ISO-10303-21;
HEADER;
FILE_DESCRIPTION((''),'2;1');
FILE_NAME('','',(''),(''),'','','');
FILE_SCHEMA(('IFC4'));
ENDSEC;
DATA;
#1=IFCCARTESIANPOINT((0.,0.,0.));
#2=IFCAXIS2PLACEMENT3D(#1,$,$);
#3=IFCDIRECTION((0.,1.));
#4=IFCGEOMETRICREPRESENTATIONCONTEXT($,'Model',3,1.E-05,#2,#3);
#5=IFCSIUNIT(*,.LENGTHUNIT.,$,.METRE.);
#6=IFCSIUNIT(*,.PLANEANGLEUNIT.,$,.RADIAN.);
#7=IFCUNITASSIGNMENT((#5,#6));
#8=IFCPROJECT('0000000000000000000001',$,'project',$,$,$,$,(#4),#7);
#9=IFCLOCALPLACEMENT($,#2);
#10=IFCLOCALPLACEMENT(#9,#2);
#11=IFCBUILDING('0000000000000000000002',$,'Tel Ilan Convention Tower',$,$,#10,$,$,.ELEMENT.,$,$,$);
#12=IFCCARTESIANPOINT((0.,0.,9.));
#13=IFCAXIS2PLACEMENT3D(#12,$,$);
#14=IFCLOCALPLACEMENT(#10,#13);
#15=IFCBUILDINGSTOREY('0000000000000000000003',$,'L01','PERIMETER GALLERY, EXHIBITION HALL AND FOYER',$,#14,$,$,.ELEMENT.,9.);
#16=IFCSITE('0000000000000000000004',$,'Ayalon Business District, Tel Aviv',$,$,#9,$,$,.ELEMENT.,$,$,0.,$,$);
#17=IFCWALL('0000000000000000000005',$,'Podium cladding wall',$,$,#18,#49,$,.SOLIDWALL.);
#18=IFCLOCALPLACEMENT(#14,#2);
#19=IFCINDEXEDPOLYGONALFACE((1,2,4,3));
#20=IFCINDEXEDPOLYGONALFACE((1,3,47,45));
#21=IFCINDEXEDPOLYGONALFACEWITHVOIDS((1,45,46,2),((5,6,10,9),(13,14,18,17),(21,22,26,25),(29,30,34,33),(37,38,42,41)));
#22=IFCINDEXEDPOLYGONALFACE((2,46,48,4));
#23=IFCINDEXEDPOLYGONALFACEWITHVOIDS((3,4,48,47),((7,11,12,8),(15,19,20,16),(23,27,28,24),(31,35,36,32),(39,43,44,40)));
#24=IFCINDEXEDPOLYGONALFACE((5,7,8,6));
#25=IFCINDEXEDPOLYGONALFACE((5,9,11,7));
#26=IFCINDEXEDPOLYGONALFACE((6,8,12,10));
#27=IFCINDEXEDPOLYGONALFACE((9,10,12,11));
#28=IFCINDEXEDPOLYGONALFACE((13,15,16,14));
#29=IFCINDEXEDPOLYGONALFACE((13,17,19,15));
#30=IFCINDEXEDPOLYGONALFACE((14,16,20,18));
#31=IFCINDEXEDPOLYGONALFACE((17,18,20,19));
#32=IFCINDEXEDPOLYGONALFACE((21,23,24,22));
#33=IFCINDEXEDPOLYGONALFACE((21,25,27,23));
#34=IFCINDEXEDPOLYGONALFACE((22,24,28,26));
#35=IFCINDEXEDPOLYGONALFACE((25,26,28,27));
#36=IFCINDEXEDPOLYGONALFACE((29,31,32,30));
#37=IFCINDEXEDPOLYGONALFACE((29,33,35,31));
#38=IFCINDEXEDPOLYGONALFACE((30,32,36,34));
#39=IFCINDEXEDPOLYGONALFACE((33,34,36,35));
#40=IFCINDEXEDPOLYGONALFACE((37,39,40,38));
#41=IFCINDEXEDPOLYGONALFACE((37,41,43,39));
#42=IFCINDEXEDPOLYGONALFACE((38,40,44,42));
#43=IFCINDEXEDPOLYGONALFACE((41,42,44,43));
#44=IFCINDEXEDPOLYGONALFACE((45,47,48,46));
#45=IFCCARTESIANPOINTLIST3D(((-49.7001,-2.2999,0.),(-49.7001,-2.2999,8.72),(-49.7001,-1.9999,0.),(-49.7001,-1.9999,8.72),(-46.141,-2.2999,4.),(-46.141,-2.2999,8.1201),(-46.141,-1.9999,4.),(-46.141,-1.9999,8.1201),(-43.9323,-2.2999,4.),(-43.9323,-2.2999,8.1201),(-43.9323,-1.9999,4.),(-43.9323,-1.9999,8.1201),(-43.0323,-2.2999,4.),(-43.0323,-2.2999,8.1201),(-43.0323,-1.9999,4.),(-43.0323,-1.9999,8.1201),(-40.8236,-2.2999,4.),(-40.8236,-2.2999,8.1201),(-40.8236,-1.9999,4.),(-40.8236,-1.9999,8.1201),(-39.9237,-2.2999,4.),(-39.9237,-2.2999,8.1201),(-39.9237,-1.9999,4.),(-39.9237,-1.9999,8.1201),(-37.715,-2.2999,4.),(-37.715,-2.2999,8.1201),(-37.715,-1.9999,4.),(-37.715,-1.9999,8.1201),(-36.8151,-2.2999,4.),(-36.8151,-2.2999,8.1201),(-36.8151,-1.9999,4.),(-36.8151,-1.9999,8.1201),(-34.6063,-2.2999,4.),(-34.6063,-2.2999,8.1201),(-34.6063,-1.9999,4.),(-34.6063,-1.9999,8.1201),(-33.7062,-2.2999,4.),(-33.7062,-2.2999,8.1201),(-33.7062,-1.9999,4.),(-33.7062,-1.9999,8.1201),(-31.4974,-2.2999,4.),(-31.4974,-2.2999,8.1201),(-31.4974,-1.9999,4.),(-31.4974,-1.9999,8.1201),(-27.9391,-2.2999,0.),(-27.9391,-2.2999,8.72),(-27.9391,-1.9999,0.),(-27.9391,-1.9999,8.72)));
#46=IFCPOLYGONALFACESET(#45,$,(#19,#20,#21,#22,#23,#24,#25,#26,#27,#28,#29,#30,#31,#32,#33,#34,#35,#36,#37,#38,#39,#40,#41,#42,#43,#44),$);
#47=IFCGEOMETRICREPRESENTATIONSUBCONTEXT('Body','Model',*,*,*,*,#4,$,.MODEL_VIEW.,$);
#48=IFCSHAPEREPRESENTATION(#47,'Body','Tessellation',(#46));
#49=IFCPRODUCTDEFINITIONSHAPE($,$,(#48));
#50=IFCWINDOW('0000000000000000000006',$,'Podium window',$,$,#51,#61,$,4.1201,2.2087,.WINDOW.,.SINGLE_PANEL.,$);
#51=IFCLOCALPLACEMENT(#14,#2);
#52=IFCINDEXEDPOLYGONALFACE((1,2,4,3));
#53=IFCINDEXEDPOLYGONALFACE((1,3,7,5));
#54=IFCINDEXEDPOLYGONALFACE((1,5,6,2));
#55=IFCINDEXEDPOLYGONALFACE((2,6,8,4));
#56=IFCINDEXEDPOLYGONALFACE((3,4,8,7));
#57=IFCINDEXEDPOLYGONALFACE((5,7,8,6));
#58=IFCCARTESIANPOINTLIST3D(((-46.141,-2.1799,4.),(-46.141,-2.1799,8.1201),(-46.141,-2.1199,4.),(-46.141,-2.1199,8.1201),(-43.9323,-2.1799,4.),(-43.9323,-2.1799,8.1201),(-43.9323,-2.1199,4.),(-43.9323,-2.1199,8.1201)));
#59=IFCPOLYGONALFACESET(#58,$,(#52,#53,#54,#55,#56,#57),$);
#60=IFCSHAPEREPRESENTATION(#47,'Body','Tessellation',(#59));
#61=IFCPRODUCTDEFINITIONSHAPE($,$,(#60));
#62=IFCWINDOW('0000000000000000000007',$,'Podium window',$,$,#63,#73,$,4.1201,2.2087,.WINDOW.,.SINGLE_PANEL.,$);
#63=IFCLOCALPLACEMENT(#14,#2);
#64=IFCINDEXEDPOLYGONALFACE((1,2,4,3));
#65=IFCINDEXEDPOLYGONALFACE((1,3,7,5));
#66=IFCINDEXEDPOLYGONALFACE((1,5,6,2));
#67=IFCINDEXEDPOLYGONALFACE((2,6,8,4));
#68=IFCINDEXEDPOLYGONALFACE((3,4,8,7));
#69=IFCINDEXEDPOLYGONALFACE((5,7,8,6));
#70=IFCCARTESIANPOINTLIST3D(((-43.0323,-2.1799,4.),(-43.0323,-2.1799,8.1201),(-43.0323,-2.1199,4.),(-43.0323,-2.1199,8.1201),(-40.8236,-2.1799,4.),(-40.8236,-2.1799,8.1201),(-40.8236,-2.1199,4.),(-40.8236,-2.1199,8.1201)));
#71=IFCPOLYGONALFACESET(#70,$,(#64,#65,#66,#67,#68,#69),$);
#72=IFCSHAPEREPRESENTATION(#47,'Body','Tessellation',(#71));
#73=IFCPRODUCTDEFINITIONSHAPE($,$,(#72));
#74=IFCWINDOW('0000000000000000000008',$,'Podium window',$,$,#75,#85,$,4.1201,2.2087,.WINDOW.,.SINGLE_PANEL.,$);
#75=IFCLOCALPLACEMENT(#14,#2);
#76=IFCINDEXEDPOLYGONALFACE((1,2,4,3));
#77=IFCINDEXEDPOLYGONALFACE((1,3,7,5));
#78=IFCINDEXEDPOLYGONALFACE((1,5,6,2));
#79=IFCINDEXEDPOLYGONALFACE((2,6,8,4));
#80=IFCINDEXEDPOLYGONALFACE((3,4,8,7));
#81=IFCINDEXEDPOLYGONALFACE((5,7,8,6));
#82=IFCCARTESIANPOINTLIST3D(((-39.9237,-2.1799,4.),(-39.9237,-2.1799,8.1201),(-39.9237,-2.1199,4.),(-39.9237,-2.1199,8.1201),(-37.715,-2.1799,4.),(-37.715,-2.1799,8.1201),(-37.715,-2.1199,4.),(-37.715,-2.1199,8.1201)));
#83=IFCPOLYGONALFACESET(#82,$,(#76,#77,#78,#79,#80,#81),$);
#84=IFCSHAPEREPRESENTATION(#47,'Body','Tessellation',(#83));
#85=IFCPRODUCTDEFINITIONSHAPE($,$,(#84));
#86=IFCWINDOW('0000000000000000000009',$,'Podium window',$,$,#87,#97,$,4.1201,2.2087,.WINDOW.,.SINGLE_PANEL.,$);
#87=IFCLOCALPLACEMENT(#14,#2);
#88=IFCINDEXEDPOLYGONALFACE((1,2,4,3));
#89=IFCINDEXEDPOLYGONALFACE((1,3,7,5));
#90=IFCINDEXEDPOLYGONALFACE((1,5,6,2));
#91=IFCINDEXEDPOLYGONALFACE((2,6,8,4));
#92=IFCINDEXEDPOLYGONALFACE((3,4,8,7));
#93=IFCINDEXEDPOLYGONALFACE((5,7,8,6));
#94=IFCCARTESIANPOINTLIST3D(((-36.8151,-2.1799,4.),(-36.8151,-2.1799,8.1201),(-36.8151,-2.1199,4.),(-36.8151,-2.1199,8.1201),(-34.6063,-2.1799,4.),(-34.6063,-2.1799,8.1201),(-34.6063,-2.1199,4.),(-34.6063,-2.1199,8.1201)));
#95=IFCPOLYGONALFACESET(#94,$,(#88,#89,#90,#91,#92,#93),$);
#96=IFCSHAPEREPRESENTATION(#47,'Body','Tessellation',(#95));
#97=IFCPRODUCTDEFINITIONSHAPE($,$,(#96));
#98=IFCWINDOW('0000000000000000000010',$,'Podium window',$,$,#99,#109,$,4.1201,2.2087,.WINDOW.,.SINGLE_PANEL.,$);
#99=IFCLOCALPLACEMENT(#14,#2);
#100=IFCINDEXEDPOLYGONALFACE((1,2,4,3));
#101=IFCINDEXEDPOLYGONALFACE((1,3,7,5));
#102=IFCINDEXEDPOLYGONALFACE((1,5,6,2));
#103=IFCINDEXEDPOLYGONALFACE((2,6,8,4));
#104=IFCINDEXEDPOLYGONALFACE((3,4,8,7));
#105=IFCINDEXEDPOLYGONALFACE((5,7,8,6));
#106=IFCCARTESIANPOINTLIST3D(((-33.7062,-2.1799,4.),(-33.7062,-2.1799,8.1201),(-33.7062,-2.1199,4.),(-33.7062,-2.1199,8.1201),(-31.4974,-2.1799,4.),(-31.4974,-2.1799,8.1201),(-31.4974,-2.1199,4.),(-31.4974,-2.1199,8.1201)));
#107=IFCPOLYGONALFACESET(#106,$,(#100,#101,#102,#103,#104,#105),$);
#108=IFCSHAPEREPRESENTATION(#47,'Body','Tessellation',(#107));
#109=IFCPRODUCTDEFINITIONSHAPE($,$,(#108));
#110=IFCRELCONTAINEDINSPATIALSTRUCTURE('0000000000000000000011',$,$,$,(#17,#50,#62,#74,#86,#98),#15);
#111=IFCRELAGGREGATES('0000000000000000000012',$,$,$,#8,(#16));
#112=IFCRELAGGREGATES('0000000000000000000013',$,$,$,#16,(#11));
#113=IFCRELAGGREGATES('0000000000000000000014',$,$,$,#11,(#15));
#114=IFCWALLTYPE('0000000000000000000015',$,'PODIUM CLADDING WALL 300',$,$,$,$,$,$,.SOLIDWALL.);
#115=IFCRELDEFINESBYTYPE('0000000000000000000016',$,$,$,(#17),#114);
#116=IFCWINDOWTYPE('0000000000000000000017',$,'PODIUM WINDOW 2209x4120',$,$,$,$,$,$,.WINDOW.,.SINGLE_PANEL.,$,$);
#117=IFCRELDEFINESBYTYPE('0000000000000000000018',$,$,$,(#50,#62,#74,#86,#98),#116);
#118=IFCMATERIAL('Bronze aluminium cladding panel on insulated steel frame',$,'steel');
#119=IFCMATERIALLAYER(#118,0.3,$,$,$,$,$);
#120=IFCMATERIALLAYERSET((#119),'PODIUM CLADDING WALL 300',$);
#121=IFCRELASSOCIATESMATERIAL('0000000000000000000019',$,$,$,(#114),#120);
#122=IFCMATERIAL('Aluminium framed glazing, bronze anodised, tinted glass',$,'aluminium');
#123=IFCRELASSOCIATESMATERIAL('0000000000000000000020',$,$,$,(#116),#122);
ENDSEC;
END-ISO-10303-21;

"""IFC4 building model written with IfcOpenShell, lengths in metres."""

from ifc_helpers import new_model, si_unit, direction, frame, frame_2d, origin, place, context, subcontext, project, spatial, rectangle, extrude, material, layer, layer_set, type_object, element, fill, save


model = new_model("IFC4")

# Units and contexts
model_context = context("Model", 3, precision=1e-05, world=origin(), true_north=direction((0.0, 1.0)))
body_context = subcontext(model_context, "Body", "Model", "MODEL_VIEW")
ifc_project = project(units=[si_unit("LENGTHUNIT", "METRE"), si_unit("PLANEANGLEUNIT", "RADIAN")], contexts=[model_context])

# Site, building, storey
site_placement = place(None, origin())
site = spatial("IfcSite", under=ifc_project, at=site_placement, Name="Ayalon Business District, Tel Aviv", CompositionType="ELEMENT", RefElevation=0.0)
building_placement = place(site_placement, origin())
building = spatial("IfcBuilding", under=site, at=building_placement, Name="Tel Ilan Convention Tower", CompositionType="ELEMENT")
storey_placement = place(building_placement, frame((0.0, 0.0, 9.0)))
storey = spatial("IfcBuildingStorey", under=building, at=storey_placement, Name="L01", Description="PERIMETER GALLERY, EXHIBITION HALL AND FOYER", CompositionType="ELEMENT", Elevation=9.0)

# Wall, openings, windows
ifc_material_1 = material(Name="Bronze aluminium cladding panel on insulated steel frame", Category="steel")
ifc_layer_1 = layer(ifc_material_1, 0.3)
ifc_layer_set_1 = layer_set([ifc_layer_1], Name="PODIUM CLADDING WALL 300")
wall_type_1 = type_object("IfcWallType", Name="PODIUM CLADDING WALL 300", PredefinedType="SOLIDWALL", material=ifc_layer_set_1)
wall_1_placement = place(storey_placement, frame((-49.7, -2.1499, 0.0), z_axis=(0.0, 0.0, 1.0), x_axis=(1.0, 0.0, 0.0)))
wall_1 = element("IfcWall", 1, at=wall_1_placement, inside=storey, type_object=wall_type_1, Name="Podium cladding wall", PredefinedType="SOLIDWALL", context=body_context, shape_type="SweptSolid", body=[
    extrude(rectangle(XDim=21.761, YDim=0.3, at=frame_2d((10.8804, 0.0))), origin(), (0.0, 0.0, 1.0), 8.72),
])
opening_1_placement = place(wall_1_placement, frame((3.5588, 0.0, 4.0)))
opening_1 = element("IfcOpeningElement", 2, at=opening_1_placement, cuts=wall_1, PredefinedType="OPENING", context=body_context, shape_type="SweptSolid", body=[
    extrude(rectangle(XDim=2.2087, YDim=4.1201, at=frame_2d((1.1045, 2.0601))), frame((0.0, 0.1599, 0.0), z_axis=(0.0, -1.0, 0.0), x_axis=(1.0, 0.0, 0.0)), (0.0, 0.0, 1.0), 0.3201),
])
opening_2_placement = place(wall_1_placement, frame((6.6675, 0.0, 4.0)))
opening_2 = element("IfcOpeningElement", 3, at=opening_2_placement, cuts=wall_1, PredefinedType="OPENING", context=body_context, shape_type="SweptSolid", body=[
    extrude(rectangle(XDim=2.2087, YDim=4.1201, at=frame_2d((1.1045, 2.0601))), frame((0.0, 0.1599, 0.0), z_axis=(0.0, -1.0, 0.0), x_axis=(1.0, 0.0, 0.0)), (0.0, 0.0, 1.0), 0.3201),
])
opening_3_placement = place(wall_1_placement, frame((9.7761, 0.0, 4.0)))
opening_3 = element("IfcOpeningElement", 4, at=opening_3_placement, cuts=wall_1, PredefinedType="OPENING", context=body_context, shape_type="SweptSolid", body=[
    extrude(rectangle(XDim=2.2087, YDim=4.1201, at=frame_2d((1.1045, 2.0601))), frame((0.0, 0.1599, 0.0), z_axis=(0.0, -1.0, 0.0), x_axis=(1.0, 0.0, 0.0)), (0.0, 0.0, 1.0), 0.3201),
])
opening_4_placement = place(wall_1_placement, frame((12.8848, 0.0, 4.0)))
opening_4 = element("IfcOpeningElement", 5, at=opening_4_placement, cuts=wall_1, PredefinedType="OPENING", context=body_context, shape_type="SweptSolid", body=[
    extrude(rectangle(XDim=2.2087, YDim=4.1201, at=frame_2d((1.1045, 2.0601))), frame((0.0, 0.1599, 0.0), z_axis=(0.0, -1.0, 0.0), x_axis=(1.0, 0.0, 0.0)), (0.0, 0.0, 1.0), 0.3201),
])
opening_5_placement = place(wall_1_placement, frame((15.9937, 0.0, 4.0)))
opening_5 = element("IfcOpeningElement", 6, at=opening_5_placement, cuts=wall_1, PredefinedType="OPENING", context=body_context, shape_type="SweptSolid", body=[
    extrude(rectangle(XDim=2.2087, YDim=4.1201, at=frame_2d((1.1045, 2.0601))), frame((0.0, 0.1599, 0.0), z_axis=(0.0, -1.0, 0.0), x_axis=(1.0, 0.0, 0.0)), (0.0, 0.0, 1.0), 0.3201),
])
ifc_material_2 = material(Name="Aluminium framed glazing, bronze anodised, tinted glass", Category="aluminium")
window_type_1 = type_object("IfcWindowType", Name="PODIUM WINDOW 2209x4120", PartitioningType="SINGLE_PANEL", PredefinedType="WINDOW", material=ifc_material_2)
window_1_placement = place(opening_1_placement, origin())
window_1 = element("IfcWindow", 7, at=window_1_placement, inside=storey, type_object=window_type_1, Name="Podium window", OverallHeight=4.1201, OverallWidth=2.2087, PartitioningType="SINGLE_PANEL", PredefinedType="WINDOW", context=body_context, shape_type="SweptSolid", body=[
    extrude(rectangle(XDim=2.2087, YDim=4.1201, at=frame_2d((1.1045, 2.0601))), frame((0.0, 0.03, 0.0), z_axis=(0.0, -1.0, 0.0), x_axis=(1.0, 0.0, 0.0)), (0.0, 0.0, 1.0), 0.0601),
])
fill(opening_1, window_1)
window_2_placement = place(opening_2_placement, origin())
window_2 = element("IfcWindow", 8, at=window_2_placement, inside=storey, type_object=window_type_1, Name="Podium window", OverallHeight=4.1201, OverallWidth=2.2087, PartitioningType="SINGLE_PANEL", PredefinedType="WINDOW", context=body_context, shape_type="SweptSolid", body=[
    extrude(rectangle(XDim=2.2087, YDim=4.1201, at=frame_2d((1.1045, 2.0601))), frame((0.0, 0.03, 0.0), z_axis=(0.0, -1.0, 0.0), x_axis=(1.0, 0.0, 0.0)), (0.0, 0.0, 1.0), 0.0601),
])
fill(opening_2, window_2)
window_3_placement = place(opening_3_placement, origin())
window_3 = element("IfcWindow", 9, at=window_3_placement, inside=storey, type_object=window_type_1, Name="Podium window", OverallHeight=4.1201, OverallWidth=2.2087, PartitioningType="SINGLE_PANEL", PredefinedType="WINDOW", context=body_context, shape_type="SweptSolid", body=[
    extrude(rectangle(XDim=2.2087, YDim=4.1201, at=frame_2d((1.1045, 2.0601))), frame((0.0, 0.03, 0.0), z_axis=(0.0, -1.0, 0.0), x_axis=(1.0, 0.0, 0.0)), (0.0, 0.0, 1.0), 0.0601),
])
fill(opening_3, window_3)
window_4_placement = place(opening_4_placement, origin())
window_4 = element("IfcWindow", 10, at=window_4_placement, inside=storey, type_object=window_type_1, Name="Podium window", OverallHeight=4.1201, OverallWidth=2.2087, PartitioningType="SINGLE_PANEL", PredefinedType="WINDOW", context=body_context, shape_type="SweptSolid", body=[
    extrude(rectangle(XDim=2.2087, YDim=4.1201, at=frame_2d((1.1045, 2.0601))), frame((0.0, 0.03, 0.0), z_axis=(0.0, -1.0, 0.0), x_axis=(1.0, 0.0, 0.0)), (0.0, 0.0, 1.0), 0.0601),
])
fill(opening_4, window_4)
window_5_placement = place(opening_5_placement, origin())
window_5 = element("IfcWindow", 11, at=window_5_placement, inside=storey, type_object=window_type_1, Name="Podium window", OverallHeight=4.1201, OverallWidth=2.2087, PartitioningType="SINGLE_PANEL", PredefinedType="WINDOW", context=body_context, shape_type="SweptSolid", body=[
    extrude(rectangle(XDim=2.2087, YDim=4.1201, at=frame_2d((1.1045, 2.0601))), frame((0.0, 0.03, 0.0), z_axis=(0.0, -1.0, 0.0), x_axis=(1.0, 0.0, 0.0)), (0.0, 0.0, 1.0), 0.0601),
])
fill(opening_5, window_5)

save(model, "model.ifc")
